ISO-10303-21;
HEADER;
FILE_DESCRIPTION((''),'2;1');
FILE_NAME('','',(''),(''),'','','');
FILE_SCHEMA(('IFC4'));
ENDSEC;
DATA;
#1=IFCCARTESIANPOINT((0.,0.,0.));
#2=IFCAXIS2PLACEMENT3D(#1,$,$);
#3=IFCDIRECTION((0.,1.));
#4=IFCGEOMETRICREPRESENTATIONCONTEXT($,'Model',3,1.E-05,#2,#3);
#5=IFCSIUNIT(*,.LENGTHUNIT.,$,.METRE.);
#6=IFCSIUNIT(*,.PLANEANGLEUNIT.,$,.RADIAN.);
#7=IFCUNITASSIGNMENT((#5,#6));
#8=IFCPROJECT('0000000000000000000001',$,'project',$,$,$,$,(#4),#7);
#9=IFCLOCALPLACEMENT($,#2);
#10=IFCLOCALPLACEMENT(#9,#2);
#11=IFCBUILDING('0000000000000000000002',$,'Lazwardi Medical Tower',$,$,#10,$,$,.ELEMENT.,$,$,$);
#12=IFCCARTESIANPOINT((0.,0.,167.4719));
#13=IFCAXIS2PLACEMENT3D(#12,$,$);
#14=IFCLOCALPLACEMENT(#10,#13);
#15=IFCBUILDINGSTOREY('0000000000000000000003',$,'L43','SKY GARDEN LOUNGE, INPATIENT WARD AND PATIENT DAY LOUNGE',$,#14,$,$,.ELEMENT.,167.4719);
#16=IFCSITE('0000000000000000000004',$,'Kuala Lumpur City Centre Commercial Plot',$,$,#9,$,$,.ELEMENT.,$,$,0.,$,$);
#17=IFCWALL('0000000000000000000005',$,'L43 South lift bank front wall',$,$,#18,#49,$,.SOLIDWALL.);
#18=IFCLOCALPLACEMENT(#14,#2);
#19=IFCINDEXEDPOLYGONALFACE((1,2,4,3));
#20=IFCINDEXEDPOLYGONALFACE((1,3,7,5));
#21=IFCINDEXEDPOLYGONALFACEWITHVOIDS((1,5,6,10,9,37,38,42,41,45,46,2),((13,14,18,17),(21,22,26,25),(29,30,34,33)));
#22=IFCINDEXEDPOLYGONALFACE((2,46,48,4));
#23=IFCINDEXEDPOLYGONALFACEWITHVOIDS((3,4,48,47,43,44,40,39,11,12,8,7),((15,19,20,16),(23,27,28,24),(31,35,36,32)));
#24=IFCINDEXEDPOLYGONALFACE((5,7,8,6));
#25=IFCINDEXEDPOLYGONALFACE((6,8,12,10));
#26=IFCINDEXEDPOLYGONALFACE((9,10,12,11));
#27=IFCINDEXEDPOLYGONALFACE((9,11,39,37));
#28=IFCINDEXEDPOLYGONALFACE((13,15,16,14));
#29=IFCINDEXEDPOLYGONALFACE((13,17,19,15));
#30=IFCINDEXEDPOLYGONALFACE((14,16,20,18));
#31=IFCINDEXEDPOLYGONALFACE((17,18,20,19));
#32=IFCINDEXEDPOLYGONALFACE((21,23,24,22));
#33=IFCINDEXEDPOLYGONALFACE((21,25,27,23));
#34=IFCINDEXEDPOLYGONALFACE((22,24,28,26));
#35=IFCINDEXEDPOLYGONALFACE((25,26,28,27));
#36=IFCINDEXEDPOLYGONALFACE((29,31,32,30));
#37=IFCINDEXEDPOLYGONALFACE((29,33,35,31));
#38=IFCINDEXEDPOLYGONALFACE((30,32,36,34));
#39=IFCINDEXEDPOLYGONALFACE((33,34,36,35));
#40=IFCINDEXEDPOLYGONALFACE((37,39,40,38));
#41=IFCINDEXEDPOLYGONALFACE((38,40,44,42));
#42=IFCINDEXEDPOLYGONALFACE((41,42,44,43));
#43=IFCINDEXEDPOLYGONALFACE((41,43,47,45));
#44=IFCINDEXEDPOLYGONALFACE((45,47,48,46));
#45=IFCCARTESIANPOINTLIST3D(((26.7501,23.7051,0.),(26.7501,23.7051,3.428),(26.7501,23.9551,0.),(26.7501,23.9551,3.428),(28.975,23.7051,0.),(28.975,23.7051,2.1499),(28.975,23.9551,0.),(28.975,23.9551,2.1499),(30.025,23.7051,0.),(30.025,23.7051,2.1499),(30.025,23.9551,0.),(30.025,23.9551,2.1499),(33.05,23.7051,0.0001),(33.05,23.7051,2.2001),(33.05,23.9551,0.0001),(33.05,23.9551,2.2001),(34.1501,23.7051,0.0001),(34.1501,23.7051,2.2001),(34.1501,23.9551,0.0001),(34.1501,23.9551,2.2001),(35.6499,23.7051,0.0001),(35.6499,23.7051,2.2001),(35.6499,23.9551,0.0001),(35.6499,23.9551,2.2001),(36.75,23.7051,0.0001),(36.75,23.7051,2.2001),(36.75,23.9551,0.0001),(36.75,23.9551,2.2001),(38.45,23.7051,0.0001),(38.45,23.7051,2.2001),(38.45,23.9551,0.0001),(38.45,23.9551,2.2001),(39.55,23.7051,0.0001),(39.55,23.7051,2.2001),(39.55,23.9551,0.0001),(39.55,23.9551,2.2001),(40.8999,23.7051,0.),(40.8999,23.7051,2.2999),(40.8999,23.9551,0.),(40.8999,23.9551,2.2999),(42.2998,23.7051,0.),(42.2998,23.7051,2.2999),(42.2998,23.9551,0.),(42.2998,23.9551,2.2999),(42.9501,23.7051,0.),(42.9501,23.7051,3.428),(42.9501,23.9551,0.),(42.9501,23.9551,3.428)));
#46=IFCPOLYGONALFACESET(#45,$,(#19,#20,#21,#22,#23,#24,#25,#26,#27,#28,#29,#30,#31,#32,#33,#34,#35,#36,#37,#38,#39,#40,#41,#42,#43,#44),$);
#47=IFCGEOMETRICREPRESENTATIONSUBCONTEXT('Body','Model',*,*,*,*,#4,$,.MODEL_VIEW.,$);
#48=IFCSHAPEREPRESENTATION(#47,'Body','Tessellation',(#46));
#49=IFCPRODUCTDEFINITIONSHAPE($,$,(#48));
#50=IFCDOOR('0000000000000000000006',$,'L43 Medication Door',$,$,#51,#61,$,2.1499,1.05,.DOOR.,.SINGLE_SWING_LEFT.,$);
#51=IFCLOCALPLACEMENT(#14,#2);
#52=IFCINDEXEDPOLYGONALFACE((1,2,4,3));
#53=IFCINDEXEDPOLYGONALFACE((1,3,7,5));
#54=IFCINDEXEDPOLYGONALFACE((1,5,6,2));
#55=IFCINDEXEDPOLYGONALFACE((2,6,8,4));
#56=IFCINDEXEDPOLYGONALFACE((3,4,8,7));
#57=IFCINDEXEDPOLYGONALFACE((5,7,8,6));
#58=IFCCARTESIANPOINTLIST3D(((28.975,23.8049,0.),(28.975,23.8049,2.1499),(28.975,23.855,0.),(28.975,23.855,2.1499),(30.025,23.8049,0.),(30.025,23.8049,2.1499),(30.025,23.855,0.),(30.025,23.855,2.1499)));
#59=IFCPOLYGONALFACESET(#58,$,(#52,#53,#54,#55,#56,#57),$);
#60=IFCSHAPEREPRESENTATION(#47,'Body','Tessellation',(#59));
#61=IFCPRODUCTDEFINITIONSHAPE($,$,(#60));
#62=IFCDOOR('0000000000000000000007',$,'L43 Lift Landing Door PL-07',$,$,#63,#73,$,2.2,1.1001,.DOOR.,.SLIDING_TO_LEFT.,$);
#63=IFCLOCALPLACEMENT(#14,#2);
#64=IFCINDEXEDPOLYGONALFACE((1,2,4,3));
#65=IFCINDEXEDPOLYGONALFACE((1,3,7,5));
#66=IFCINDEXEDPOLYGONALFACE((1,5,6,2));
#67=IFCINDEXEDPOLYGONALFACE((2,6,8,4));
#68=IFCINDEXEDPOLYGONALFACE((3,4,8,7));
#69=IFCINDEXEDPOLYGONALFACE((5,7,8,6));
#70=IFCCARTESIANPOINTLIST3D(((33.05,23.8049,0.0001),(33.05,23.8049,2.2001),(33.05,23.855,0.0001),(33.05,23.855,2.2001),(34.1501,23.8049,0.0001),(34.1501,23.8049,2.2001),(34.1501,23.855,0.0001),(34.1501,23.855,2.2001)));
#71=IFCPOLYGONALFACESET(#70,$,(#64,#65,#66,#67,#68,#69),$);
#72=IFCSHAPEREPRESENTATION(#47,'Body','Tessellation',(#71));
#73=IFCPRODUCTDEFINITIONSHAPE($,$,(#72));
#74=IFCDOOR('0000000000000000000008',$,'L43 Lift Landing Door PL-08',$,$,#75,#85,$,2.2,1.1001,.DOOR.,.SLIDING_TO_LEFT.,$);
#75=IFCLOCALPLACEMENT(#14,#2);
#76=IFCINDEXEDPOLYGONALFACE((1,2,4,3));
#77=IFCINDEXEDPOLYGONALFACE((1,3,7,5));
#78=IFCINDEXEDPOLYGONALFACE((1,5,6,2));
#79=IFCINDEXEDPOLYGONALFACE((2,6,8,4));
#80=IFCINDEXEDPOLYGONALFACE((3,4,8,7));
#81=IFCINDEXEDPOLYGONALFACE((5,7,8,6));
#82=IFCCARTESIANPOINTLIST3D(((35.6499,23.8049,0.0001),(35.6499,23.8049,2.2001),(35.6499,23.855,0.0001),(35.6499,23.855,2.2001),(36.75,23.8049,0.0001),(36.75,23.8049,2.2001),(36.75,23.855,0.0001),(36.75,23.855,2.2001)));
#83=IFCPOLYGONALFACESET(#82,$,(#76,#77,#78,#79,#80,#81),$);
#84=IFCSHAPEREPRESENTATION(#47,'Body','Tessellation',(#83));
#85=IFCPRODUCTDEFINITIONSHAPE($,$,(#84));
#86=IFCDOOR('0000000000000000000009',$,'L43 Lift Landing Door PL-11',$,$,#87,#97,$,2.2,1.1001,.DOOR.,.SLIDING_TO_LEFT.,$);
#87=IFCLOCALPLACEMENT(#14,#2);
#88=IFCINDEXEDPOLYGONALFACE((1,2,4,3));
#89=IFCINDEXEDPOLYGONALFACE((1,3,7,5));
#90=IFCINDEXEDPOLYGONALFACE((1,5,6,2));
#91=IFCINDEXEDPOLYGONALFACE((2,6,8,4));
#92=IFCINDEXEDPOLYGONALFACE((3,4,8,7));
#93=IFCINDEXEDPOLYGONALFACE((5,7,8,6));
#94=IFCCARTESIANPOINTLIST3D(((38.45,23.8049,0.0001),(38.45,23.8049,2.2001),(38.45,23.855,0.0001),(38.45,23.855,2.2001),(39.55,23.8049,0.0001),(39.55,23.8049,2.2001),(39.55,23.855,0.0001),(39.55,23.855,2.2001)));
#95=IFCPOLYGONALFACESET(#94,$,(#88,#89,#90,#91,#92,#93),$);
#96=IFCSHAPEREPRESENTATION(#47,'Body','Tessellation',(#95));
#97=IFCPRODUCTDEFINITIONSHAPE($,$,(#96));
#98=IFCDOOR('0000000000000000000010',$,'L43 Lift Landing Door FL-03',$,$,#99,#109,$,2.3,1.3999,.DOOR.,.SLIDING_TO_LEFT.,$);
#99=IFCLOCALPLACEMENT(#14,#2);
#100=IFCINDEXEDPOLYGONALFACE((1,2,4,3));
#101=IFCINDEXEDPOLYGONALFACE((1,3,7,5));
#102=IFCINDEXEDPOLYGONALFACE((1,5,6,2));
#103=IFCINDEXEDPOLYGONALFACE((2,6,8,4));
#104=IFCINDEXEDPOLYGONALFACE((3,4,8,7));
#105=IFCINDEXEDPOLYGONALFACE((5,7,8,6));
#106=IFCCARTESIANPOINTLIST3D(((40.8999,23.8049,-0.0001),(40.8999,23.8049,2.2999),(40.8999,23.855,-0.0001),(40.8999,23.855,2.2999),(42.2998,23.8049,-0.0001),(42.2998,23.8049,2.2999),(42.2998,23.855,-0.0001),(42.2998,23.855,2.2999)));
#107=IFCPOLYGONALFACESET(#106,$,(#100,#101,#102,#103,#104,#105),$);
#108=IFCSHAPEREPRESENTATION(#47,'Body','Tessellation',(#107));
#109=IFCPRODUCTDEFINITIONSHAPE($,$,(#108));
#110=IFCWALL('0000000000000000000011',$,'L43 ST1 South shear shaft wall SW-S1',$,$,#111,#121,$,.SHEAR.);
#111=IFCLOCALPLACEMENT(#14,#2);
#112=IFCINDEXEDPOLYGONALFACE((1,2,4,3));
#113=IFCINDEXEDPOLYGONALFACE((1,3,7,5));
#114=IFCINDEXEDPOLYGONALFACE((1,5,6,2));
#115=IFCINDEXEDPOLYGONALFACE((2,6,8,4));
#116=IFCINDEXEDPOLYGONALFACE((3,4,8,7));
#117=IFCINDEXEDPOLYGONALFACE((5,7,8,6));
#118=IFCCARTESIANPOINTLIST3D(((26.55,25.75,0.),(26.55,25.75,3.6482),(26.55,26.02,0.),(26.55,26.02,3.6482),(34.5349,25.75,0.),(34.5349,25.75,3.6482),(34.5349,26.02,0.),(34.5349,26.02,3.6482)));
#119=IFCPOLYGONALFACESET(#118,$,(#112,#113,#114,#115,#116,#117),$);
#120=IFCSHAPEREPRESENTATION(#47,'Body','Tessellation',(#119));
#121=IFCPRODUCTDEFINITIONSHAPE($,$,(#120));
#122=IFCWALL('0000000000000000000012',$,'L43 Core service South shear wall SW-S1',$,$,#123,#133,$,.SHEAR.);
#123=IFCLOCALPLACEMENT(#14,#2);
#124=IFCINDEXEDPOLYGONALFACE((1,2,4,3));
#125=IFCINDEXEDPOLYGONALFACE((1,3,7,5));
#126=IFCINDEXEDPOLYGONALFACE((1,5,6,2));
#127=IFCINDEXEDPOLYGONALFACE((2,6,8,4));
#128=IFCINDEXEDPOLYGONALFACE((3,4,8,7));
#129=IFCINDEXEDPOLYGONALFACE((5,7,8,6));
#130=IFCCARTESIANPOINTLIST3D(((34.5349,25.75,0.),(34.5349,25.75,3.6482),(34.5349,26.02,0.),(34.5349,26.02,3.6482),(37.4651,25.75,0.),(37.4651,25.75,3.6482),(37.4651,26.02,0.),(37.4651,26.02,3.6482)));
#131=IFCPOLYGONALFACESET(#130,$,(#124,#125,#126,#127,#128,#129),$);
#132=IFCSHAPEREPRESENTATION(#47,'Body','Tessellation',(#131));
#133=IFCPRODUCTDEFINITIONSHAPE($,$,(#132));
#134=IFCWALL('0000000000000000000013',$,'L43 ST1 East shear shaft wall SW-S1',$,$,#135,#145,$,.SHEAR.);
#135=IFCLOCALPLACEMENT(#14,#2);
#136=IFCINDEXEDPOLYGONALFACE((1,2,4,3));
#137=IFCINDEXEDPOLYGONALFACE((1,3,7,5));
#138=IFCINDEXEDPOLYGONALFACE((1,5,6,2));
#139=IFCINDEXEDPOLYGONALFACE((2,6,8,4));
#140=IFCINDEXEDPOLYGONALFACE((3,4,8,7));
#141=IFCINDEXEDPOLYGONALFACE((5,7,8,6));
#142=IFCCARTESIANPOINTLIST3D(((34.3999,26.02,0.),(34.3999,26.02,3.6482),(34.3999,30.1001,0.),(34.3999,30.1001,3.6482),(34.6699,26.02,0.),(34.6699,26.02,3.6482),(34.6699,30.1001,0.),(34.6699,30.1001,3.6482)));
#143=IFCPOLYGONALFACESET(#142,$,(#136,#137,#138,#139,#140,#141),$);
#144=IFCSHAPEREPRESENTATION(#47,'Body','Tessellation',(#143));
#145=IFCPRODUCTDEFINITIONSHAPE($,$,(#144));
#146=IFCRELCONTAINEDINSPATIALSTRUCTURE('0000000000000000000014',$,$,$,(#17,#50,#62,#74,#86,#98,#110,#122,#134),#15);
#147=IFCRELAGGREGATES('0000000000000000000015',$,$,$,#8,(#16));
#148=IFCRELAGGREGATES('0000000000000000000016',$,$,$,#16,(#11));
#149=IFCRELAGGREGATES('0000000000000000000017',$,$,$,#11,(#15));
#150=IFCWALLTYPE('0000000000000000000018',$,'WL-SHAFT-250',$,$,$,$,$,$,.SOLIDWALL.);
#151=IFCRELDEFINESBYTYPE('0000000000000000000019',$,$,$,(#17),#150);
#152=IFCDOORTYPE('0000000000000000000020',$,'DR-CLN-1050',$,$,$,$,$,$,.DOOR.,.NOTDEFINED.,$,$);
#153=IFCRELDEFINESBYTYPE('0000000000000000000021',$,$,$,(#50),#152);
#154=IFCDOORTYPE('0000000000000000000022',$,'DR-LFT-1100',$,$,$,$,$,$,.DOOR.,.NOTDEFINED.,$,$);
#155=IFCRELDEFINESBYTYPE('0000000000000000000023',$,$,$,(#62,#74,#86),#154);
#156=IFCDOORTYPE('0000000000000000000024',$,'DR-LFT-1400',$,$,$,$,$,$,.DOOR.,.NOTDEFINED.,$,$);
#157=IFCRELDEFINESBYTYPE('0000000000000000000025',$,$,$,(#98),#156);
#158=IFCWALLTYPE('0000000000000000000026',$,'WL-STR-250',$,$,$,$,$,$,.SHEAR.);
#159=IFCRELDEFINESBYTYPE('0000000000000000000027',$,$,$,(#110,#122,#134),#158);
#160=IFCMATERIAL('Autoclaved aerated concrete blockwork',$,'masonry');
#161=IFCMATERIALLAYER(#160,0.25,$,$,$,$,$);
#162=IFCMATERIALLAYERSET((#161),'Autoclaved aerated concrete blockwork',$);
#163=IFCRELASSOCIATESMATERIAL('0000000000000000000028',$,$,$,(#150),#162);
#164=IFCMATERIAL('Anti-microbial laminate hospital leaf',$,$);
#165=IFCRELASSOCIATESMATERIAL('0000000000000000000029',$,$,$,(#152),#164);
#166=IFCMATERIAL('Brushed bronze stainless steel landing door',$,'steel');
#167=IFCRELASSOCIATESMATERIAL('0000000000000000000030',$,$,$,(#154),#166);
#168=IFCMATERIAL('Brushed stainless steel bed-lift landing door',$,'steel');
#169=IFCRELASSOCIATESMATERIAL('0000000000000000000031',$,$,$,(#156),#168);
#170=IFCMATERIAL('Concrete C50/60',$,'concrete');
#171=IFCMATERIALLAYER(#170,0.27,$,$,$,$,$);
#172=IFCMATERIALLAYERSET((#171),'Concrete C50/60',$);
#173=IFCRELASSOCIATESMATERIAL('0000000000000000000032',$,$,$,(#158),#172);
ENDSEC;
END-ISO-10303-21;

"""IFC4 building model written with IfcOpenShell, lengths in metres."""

from ifc_helpers import new_model, si_unit, direction, frame, frame_2d, origin, place, context, subcontext, project, spatial, rectangle, extrude, material, layer, layer_set, type_object, element, fill, save


model = new_model("IFC4")

# Units and contexts
model_context = context("Model", 3, precision=1e-05, world=origin(), true_north=direction((0.0, 1.0)))
body_context = subcontext(model_context, "Body", "Model", "MODEL_VIEW")
ifc_project = project(units=[si_unit("LENGTHUNIT", "METRE"), si_unit("PLANEANGLEUNIT", "RADIAN")], contexts=[model_context])

# Site, building, storey
site_placement = place(None, origin())
site = spatial("IfcSite", under=ifc_project, at=site_placement, Name="Kuala Lumpur City Centre Commercial Plot", CompositionType="ELEMENT", RefElevation=0.0)
building_placement = place(site_placement, origin())
building = spatial("IfcBuilding", under=site, at=building_placement, Name="Lazwardi Medical Tower", CompositionType="ELEMENT")
storey_placement = place(building_placement, frame((0.0, 0.0, 167.4719)))
storey = spatial("IfcBuildingStorey", under=building, at=storey_placement, Name="L43", Description="SKY GARDEN LOUNGE, INPATIENT WARD AND PATIENT DAY LOUNGE", CompositionType="ELEMENT", Elevation=167.4719)

# Wall, openings, doors
ifc_material_1 = material(Name="Autoclaved aerated concrete blockwork", Category="masonry")
ifc_layer_1 = layer(ifc_material_1, 0.25)
ifc_layer_set_1 = layer_set([ifc_layer_1], Name="Autoclaved aerated concrete blockwork")
wall_type_1 = type_object("IfcWallType", Name="WL-SHAFT-250", PredefinedType="SOLIDWALL", material=ifc_layer_set_1)
wall_1_placement = place(storey_placement, frame((26.75, 23.8301, 0.0), z_axis=(0.0, 0.0, 1.0), x_axis=(1.0, 0.0, 0.0)))
wall_1 = element("IfcWall", 1, at=wall_1_placement, inside=storey, type_object=wall_type_1, Name="L43 South lift bank front wall", PredefinedType="SOLIDWALL", context=body_context, shape_type="SweptSolid", body=[
    extrude(rectangle(XDim=16.2, YDim=0.25, at=frame_2d((8.1001, 0.0))), origin(), (0.0, 0.0, 1.0), 3.428),
])
opening_1_placement = place(wall_1_placement, frame((2.2251, 0.0, 0.0)))
opening_1 = element("IfcOpeningElement", 2, at=opening_1_placement, cuts=wall_1, PredefinedType="OPENING", context=body_context, shape_type="SweptSolid", body=[
    extrude(rectangle(XDim=1.05, YDim=2.1499, at=frame_2d((0.5249, 1.075))), frame((0.0, 0.135, 0.0), z_axis=(0.0, -1.0, 0.0), x_axis=(1.0, 0.0, 0.0)), (0.0, 0.0, 1.0), 0.27),
])
opening_2_placement = place(wall_1_placement, frame((6.3, 0.0, 0.0)))
opening_2 = element("IfcOpeningElement", 3, at=opening_2_placement, cuts=wall_1, PredefinedType="OPENING", context=body_context, shape_type="SweptSolid", body=[
    extrude(rectangle(XDim=1.1001, YDim=2.2, at=frame_2d((0.55, 1.1001))), frame((0.0, 0.135, 0.0), z_axis=(0.0, -1.0, 0.0), x_axis=(1.0, 0.0, 0.0)), (0.0, 0.0, 1.0), 0.27),
])
opening_3_placement = place(wall_1_placement, frame((8.8999, 0.0, 0.0)))
opening_3 = element("IfcOpeningElement", 4, at=opening_3_placement, cuts=wall_1, PredefinedType="OPENING", context=body_context, shape_type="SweptSolid", body=[
    extrude(rectangle(XDim=1.1001, YDim=2.2, at=frame_2d((0.55, 1.1001))), frame((0.0, 0.135, 0.0), z_axis=(0.0, -1.0, 0.0), x_axis=(1.0, 0.0, 0.0)), (0.0, 0.0, 1.0), 0.27),
])
opening_4_placement = place(wall_1_placement, frame((11.7, 0.0, 0.0)))
opening_4 = element("IfcOpeningElement", 5, at=opening_4_placement, cuts=wall_1, PredefinedType="OPENING", context=body_context, shape_type="SweptSolid", body=[
    extrude(rectangle(XDim=1.1001, YDim=2.2, at=frame_2d((0.55, 1.1001))), frame((0.0, 0.135, 0.0), z_axis=(0.0, -1.0, 0.0), x_axis=(1.0, 0.0, 0.0)), (0.0, 0.0, 1.0), 0.27),
])
opening_5_placement = place(wall_1_placement, frame((14.1499, 0.0, 0.0)))
opening_5 = element("IfcOpeningElement", 6, at=opening_5_placement, cuts=wall_1, PredefinedType="OPENING", context=body_context, shape_type="SweptSolid", body=[
    extrude(rectangle(XDim=1.3999, YDim=2.3, at=frame_2d((0.7, 1.1499))), frame((0.0, 0.135, 0.0), z_axis=(0.0, -1.0, 0.0), x_axis=(1.0, 0.0, 0.0)), (0.0, 0.0, 1.0), 0.27),
])
ifc_material_2 = material(Name="Anti-microbial laminate hospital leaf")
door_type_1 = type_object("IfcDoorType", Name="DR-CLN-1050", OperationType="NOTDEFINED", PredefinedType="DOOR", material=ifc_material_2)
door_1_placement = place(opening_1_placement, origin())
door_1 = element("IfcDoor", 7, at=door_1_placement, inside=storey, type_object=door_type_1, Name="L43 Medication Door", OperationType="SINGLE_SWING_LEFT", OverallHeight=2.1499, OverallWidth=1.05, PredefinedType="DOOR", context=body_context, shape_type="SweptSolid", body=[
    extrude(rectangle(XDim=1.05, YDim=2.1499, at=frame_2d((0.5249, 1.075))), frame((0.0, 0.0249, 0.0), z_axis=(0.0, -1.0, 0.0), x_axis=(1.0, 0.0, 0.0)), (0.0, 0.0, 1.0), 0.05),
])
fill(opening_1, door_1)
ifc_material_3 = material(Name="Brushed bronze stainless steel landing door", Category="steel")
door_type_2 = type_object("IfcDoorType", Name="DR-LFT-1100", OperationType="NOTDEFINED", PredefinedType="DOOR", material=ifc_material_3)
door_2_placement = place(opening_2_placement, origin())
door_2 = element("IfcDoor", 8, at=door_2_placement, inside=storey, type_object=door_type_2, Name="L43 Lift Landing Door PL-07", OperationType="SLIDING_TO_LEFT", OverallHeight=2.2, OverallWidth=1.1001, PredefinedType="DOOR", context=body_context, shape_type="SweptSolid", body=[
    extrude(rectangle(XDim=1.1001, YDim=2.2, at=frame_2d((0.55, 1.1001))), frame((0.0, 0.0249, 0.0), z_axis=(0.0, -1.0, 0.0), x_axis=(1.0, 0.0, 0.0)), (0.0, 0.0, 1.0), 0.05),
])
fill(opening_2, door_2)
door_3_placement = place(opening_3_placement, origin())
door_3 = element("IfcDoor", 9, at=door_3_placement, inside=storey, type_object=door_type_2, Name="L43 Lift Landing Door PL-08", OperationType="SLIDING_TO_LEFT", OverallHeight=2.2, OverallWidth=1.1001, PredefinedType="DOOR", context=body_context, shape_type="SweptSolid", body=[
    extrude(rectangle(XDim=1.1001, YDim=2.2, at=frame_2d((0.55, 1.1001))), frame((0.0, 0.0249, 0.0), z_axis=(0.0, -1.0, 0.0), x_axis=(1.0, 0.0, 0.0)), (0.0, 0.0, 1.0), 0.05),
])
fill(opening_3, door_3)
door_4_placement = place(opening_4_placement, origin())
door_4 = element("IfcDoor", 10, at=door_4_placement, inside=storey, type_object=door_type_2, Name="L43 Lift Landing Door PL-11", OperationType="SLIDING_TO_LEFT", OverallHeight=2.2, OverallWidth=1.1001, PredefinedType="DOOR", context=body_context, shape_type="SweptSolid", body=[
    extrude(rectangle(XDim=1.1001, YDim=2.2, at=frame_2d((0.55, 1.1001))), frame((0.0, 0.0249, 0.0), z_axis=(0.0, -1.0, 0.0), x_axis=(1.0, 0.0, 0.0)), (0.0, 0.0, 1.0), 0.05),
])
fill(opening_4, door_4)
ifc_material_4 = material(Name="Brushed stainless steel bed-lift landing door", Category="steel")
door_type_3 = type_object("IfcDoorType", Name="DR-LFT-1400", OperationType="NOTDEFINED", PredefinedType="DOOR", material=ifc_material_4)
door_5_placement = place(opening_5_placement, origin())
door_5 = element("IfcDoor", 11, at=door_5_placement, inside=storey, type_object=door_type_3, Name="L43 Lift Landing Door FL-03", OperationType="SLIDING_TO_LEFT", OverallHeight=2.3, OverallWidth=1.3999, PredefinedType="DOOR", context=body_context, shape_type="SweptSolid", body=[
    extrude(rectangle(XDim=1.3999, YDim=2.3, at=frame_2d((0.7, 1.1499))), frame((0.0, 0.0249, 0.0), z_axis=(0.0, -1.0, 0.0), x_axis=(1.0, 0.0, 0.0)), (0.0, 0.0, 1.0), 0.05),
])
fill(opening_5, door_5)

# Walls
ifc_material_5 = material(Name="Concrete C50/60", Category="concrete")
ifc_layer_2 = layer(ifc_material_5, 0.27)
ifc_layer_set_2 = layer_set([ifc_layer_2], Name="Concrete C50/60")
wall_type_2 = type_object("IfcWallType", Name="WL-STR-250", PredefinedType="SHEAR", material=ifc_layer_set_2)
wall_2_placement = place(storey_placement, frame((26.55, 25.885, 0.0), z_axis=(0.0, 0.0, 1.0), x_axis=(1.0, 0.0, 0.0)))
element("IfcWall", 12, at=wall_2_placement, inside=storey, type_object=wall_type_2, Name="L43 ST1 South shear shaft wall SW-S1", PredefinedType="SHEAR", context=body_context, shape_type="SweptSolid", body=[
    extrude(rectangle(XDim=7.9849, YDim=0.27, at=frame_2d((3.9924, 0.0))), origin(), (0.0, 0.0, 1.0), 3.6482),
])
wall_3_placement = place(storey_placement, frame((34.5349, 25.885, 0.0), z_axis=(0.0, 0.0, 1.0), x_axis=(1.0, 0.0, 0.0)))
element("IfcWall", 13, at=wall_3_placement, inside=storey, type_object=wall_type_2, Name="L43 Core service South shear wall SW-S1", PredefinedType="SHEAR", context=body_context, shape_type="SweptSolid", body=[
    extrude(rectangle(XDim=2.9302, YDim=0.27, at=frame_2d((1.4651, 0.0))), origin(), (0.0, 0.0, 1.0), 3.6482),
])
wall_4_placement = place(storey_placement, frame((34.5349, 26.02, 0.0), z_axis=(0.0, 0.0, 1.0), x_axis=(0.0, 1.0, 0.0)))
element("IfcWall", 14, at=wall_4_placement, inside=storey, type_object=wall_type_2, Name="L43 ST1 East shear shaft wall SW-S1", PredefinedType="SHEAR", context=body_context, shape_type="SweptSolid", body=[
    extrude(rectangle(XDim=4.0801, YDim=0.27, at=frame_2d((2.04, 0.0))), origin(), (0.0, 0.0, 1.0), 3.6482),
])

save(model, "model.ifc")
